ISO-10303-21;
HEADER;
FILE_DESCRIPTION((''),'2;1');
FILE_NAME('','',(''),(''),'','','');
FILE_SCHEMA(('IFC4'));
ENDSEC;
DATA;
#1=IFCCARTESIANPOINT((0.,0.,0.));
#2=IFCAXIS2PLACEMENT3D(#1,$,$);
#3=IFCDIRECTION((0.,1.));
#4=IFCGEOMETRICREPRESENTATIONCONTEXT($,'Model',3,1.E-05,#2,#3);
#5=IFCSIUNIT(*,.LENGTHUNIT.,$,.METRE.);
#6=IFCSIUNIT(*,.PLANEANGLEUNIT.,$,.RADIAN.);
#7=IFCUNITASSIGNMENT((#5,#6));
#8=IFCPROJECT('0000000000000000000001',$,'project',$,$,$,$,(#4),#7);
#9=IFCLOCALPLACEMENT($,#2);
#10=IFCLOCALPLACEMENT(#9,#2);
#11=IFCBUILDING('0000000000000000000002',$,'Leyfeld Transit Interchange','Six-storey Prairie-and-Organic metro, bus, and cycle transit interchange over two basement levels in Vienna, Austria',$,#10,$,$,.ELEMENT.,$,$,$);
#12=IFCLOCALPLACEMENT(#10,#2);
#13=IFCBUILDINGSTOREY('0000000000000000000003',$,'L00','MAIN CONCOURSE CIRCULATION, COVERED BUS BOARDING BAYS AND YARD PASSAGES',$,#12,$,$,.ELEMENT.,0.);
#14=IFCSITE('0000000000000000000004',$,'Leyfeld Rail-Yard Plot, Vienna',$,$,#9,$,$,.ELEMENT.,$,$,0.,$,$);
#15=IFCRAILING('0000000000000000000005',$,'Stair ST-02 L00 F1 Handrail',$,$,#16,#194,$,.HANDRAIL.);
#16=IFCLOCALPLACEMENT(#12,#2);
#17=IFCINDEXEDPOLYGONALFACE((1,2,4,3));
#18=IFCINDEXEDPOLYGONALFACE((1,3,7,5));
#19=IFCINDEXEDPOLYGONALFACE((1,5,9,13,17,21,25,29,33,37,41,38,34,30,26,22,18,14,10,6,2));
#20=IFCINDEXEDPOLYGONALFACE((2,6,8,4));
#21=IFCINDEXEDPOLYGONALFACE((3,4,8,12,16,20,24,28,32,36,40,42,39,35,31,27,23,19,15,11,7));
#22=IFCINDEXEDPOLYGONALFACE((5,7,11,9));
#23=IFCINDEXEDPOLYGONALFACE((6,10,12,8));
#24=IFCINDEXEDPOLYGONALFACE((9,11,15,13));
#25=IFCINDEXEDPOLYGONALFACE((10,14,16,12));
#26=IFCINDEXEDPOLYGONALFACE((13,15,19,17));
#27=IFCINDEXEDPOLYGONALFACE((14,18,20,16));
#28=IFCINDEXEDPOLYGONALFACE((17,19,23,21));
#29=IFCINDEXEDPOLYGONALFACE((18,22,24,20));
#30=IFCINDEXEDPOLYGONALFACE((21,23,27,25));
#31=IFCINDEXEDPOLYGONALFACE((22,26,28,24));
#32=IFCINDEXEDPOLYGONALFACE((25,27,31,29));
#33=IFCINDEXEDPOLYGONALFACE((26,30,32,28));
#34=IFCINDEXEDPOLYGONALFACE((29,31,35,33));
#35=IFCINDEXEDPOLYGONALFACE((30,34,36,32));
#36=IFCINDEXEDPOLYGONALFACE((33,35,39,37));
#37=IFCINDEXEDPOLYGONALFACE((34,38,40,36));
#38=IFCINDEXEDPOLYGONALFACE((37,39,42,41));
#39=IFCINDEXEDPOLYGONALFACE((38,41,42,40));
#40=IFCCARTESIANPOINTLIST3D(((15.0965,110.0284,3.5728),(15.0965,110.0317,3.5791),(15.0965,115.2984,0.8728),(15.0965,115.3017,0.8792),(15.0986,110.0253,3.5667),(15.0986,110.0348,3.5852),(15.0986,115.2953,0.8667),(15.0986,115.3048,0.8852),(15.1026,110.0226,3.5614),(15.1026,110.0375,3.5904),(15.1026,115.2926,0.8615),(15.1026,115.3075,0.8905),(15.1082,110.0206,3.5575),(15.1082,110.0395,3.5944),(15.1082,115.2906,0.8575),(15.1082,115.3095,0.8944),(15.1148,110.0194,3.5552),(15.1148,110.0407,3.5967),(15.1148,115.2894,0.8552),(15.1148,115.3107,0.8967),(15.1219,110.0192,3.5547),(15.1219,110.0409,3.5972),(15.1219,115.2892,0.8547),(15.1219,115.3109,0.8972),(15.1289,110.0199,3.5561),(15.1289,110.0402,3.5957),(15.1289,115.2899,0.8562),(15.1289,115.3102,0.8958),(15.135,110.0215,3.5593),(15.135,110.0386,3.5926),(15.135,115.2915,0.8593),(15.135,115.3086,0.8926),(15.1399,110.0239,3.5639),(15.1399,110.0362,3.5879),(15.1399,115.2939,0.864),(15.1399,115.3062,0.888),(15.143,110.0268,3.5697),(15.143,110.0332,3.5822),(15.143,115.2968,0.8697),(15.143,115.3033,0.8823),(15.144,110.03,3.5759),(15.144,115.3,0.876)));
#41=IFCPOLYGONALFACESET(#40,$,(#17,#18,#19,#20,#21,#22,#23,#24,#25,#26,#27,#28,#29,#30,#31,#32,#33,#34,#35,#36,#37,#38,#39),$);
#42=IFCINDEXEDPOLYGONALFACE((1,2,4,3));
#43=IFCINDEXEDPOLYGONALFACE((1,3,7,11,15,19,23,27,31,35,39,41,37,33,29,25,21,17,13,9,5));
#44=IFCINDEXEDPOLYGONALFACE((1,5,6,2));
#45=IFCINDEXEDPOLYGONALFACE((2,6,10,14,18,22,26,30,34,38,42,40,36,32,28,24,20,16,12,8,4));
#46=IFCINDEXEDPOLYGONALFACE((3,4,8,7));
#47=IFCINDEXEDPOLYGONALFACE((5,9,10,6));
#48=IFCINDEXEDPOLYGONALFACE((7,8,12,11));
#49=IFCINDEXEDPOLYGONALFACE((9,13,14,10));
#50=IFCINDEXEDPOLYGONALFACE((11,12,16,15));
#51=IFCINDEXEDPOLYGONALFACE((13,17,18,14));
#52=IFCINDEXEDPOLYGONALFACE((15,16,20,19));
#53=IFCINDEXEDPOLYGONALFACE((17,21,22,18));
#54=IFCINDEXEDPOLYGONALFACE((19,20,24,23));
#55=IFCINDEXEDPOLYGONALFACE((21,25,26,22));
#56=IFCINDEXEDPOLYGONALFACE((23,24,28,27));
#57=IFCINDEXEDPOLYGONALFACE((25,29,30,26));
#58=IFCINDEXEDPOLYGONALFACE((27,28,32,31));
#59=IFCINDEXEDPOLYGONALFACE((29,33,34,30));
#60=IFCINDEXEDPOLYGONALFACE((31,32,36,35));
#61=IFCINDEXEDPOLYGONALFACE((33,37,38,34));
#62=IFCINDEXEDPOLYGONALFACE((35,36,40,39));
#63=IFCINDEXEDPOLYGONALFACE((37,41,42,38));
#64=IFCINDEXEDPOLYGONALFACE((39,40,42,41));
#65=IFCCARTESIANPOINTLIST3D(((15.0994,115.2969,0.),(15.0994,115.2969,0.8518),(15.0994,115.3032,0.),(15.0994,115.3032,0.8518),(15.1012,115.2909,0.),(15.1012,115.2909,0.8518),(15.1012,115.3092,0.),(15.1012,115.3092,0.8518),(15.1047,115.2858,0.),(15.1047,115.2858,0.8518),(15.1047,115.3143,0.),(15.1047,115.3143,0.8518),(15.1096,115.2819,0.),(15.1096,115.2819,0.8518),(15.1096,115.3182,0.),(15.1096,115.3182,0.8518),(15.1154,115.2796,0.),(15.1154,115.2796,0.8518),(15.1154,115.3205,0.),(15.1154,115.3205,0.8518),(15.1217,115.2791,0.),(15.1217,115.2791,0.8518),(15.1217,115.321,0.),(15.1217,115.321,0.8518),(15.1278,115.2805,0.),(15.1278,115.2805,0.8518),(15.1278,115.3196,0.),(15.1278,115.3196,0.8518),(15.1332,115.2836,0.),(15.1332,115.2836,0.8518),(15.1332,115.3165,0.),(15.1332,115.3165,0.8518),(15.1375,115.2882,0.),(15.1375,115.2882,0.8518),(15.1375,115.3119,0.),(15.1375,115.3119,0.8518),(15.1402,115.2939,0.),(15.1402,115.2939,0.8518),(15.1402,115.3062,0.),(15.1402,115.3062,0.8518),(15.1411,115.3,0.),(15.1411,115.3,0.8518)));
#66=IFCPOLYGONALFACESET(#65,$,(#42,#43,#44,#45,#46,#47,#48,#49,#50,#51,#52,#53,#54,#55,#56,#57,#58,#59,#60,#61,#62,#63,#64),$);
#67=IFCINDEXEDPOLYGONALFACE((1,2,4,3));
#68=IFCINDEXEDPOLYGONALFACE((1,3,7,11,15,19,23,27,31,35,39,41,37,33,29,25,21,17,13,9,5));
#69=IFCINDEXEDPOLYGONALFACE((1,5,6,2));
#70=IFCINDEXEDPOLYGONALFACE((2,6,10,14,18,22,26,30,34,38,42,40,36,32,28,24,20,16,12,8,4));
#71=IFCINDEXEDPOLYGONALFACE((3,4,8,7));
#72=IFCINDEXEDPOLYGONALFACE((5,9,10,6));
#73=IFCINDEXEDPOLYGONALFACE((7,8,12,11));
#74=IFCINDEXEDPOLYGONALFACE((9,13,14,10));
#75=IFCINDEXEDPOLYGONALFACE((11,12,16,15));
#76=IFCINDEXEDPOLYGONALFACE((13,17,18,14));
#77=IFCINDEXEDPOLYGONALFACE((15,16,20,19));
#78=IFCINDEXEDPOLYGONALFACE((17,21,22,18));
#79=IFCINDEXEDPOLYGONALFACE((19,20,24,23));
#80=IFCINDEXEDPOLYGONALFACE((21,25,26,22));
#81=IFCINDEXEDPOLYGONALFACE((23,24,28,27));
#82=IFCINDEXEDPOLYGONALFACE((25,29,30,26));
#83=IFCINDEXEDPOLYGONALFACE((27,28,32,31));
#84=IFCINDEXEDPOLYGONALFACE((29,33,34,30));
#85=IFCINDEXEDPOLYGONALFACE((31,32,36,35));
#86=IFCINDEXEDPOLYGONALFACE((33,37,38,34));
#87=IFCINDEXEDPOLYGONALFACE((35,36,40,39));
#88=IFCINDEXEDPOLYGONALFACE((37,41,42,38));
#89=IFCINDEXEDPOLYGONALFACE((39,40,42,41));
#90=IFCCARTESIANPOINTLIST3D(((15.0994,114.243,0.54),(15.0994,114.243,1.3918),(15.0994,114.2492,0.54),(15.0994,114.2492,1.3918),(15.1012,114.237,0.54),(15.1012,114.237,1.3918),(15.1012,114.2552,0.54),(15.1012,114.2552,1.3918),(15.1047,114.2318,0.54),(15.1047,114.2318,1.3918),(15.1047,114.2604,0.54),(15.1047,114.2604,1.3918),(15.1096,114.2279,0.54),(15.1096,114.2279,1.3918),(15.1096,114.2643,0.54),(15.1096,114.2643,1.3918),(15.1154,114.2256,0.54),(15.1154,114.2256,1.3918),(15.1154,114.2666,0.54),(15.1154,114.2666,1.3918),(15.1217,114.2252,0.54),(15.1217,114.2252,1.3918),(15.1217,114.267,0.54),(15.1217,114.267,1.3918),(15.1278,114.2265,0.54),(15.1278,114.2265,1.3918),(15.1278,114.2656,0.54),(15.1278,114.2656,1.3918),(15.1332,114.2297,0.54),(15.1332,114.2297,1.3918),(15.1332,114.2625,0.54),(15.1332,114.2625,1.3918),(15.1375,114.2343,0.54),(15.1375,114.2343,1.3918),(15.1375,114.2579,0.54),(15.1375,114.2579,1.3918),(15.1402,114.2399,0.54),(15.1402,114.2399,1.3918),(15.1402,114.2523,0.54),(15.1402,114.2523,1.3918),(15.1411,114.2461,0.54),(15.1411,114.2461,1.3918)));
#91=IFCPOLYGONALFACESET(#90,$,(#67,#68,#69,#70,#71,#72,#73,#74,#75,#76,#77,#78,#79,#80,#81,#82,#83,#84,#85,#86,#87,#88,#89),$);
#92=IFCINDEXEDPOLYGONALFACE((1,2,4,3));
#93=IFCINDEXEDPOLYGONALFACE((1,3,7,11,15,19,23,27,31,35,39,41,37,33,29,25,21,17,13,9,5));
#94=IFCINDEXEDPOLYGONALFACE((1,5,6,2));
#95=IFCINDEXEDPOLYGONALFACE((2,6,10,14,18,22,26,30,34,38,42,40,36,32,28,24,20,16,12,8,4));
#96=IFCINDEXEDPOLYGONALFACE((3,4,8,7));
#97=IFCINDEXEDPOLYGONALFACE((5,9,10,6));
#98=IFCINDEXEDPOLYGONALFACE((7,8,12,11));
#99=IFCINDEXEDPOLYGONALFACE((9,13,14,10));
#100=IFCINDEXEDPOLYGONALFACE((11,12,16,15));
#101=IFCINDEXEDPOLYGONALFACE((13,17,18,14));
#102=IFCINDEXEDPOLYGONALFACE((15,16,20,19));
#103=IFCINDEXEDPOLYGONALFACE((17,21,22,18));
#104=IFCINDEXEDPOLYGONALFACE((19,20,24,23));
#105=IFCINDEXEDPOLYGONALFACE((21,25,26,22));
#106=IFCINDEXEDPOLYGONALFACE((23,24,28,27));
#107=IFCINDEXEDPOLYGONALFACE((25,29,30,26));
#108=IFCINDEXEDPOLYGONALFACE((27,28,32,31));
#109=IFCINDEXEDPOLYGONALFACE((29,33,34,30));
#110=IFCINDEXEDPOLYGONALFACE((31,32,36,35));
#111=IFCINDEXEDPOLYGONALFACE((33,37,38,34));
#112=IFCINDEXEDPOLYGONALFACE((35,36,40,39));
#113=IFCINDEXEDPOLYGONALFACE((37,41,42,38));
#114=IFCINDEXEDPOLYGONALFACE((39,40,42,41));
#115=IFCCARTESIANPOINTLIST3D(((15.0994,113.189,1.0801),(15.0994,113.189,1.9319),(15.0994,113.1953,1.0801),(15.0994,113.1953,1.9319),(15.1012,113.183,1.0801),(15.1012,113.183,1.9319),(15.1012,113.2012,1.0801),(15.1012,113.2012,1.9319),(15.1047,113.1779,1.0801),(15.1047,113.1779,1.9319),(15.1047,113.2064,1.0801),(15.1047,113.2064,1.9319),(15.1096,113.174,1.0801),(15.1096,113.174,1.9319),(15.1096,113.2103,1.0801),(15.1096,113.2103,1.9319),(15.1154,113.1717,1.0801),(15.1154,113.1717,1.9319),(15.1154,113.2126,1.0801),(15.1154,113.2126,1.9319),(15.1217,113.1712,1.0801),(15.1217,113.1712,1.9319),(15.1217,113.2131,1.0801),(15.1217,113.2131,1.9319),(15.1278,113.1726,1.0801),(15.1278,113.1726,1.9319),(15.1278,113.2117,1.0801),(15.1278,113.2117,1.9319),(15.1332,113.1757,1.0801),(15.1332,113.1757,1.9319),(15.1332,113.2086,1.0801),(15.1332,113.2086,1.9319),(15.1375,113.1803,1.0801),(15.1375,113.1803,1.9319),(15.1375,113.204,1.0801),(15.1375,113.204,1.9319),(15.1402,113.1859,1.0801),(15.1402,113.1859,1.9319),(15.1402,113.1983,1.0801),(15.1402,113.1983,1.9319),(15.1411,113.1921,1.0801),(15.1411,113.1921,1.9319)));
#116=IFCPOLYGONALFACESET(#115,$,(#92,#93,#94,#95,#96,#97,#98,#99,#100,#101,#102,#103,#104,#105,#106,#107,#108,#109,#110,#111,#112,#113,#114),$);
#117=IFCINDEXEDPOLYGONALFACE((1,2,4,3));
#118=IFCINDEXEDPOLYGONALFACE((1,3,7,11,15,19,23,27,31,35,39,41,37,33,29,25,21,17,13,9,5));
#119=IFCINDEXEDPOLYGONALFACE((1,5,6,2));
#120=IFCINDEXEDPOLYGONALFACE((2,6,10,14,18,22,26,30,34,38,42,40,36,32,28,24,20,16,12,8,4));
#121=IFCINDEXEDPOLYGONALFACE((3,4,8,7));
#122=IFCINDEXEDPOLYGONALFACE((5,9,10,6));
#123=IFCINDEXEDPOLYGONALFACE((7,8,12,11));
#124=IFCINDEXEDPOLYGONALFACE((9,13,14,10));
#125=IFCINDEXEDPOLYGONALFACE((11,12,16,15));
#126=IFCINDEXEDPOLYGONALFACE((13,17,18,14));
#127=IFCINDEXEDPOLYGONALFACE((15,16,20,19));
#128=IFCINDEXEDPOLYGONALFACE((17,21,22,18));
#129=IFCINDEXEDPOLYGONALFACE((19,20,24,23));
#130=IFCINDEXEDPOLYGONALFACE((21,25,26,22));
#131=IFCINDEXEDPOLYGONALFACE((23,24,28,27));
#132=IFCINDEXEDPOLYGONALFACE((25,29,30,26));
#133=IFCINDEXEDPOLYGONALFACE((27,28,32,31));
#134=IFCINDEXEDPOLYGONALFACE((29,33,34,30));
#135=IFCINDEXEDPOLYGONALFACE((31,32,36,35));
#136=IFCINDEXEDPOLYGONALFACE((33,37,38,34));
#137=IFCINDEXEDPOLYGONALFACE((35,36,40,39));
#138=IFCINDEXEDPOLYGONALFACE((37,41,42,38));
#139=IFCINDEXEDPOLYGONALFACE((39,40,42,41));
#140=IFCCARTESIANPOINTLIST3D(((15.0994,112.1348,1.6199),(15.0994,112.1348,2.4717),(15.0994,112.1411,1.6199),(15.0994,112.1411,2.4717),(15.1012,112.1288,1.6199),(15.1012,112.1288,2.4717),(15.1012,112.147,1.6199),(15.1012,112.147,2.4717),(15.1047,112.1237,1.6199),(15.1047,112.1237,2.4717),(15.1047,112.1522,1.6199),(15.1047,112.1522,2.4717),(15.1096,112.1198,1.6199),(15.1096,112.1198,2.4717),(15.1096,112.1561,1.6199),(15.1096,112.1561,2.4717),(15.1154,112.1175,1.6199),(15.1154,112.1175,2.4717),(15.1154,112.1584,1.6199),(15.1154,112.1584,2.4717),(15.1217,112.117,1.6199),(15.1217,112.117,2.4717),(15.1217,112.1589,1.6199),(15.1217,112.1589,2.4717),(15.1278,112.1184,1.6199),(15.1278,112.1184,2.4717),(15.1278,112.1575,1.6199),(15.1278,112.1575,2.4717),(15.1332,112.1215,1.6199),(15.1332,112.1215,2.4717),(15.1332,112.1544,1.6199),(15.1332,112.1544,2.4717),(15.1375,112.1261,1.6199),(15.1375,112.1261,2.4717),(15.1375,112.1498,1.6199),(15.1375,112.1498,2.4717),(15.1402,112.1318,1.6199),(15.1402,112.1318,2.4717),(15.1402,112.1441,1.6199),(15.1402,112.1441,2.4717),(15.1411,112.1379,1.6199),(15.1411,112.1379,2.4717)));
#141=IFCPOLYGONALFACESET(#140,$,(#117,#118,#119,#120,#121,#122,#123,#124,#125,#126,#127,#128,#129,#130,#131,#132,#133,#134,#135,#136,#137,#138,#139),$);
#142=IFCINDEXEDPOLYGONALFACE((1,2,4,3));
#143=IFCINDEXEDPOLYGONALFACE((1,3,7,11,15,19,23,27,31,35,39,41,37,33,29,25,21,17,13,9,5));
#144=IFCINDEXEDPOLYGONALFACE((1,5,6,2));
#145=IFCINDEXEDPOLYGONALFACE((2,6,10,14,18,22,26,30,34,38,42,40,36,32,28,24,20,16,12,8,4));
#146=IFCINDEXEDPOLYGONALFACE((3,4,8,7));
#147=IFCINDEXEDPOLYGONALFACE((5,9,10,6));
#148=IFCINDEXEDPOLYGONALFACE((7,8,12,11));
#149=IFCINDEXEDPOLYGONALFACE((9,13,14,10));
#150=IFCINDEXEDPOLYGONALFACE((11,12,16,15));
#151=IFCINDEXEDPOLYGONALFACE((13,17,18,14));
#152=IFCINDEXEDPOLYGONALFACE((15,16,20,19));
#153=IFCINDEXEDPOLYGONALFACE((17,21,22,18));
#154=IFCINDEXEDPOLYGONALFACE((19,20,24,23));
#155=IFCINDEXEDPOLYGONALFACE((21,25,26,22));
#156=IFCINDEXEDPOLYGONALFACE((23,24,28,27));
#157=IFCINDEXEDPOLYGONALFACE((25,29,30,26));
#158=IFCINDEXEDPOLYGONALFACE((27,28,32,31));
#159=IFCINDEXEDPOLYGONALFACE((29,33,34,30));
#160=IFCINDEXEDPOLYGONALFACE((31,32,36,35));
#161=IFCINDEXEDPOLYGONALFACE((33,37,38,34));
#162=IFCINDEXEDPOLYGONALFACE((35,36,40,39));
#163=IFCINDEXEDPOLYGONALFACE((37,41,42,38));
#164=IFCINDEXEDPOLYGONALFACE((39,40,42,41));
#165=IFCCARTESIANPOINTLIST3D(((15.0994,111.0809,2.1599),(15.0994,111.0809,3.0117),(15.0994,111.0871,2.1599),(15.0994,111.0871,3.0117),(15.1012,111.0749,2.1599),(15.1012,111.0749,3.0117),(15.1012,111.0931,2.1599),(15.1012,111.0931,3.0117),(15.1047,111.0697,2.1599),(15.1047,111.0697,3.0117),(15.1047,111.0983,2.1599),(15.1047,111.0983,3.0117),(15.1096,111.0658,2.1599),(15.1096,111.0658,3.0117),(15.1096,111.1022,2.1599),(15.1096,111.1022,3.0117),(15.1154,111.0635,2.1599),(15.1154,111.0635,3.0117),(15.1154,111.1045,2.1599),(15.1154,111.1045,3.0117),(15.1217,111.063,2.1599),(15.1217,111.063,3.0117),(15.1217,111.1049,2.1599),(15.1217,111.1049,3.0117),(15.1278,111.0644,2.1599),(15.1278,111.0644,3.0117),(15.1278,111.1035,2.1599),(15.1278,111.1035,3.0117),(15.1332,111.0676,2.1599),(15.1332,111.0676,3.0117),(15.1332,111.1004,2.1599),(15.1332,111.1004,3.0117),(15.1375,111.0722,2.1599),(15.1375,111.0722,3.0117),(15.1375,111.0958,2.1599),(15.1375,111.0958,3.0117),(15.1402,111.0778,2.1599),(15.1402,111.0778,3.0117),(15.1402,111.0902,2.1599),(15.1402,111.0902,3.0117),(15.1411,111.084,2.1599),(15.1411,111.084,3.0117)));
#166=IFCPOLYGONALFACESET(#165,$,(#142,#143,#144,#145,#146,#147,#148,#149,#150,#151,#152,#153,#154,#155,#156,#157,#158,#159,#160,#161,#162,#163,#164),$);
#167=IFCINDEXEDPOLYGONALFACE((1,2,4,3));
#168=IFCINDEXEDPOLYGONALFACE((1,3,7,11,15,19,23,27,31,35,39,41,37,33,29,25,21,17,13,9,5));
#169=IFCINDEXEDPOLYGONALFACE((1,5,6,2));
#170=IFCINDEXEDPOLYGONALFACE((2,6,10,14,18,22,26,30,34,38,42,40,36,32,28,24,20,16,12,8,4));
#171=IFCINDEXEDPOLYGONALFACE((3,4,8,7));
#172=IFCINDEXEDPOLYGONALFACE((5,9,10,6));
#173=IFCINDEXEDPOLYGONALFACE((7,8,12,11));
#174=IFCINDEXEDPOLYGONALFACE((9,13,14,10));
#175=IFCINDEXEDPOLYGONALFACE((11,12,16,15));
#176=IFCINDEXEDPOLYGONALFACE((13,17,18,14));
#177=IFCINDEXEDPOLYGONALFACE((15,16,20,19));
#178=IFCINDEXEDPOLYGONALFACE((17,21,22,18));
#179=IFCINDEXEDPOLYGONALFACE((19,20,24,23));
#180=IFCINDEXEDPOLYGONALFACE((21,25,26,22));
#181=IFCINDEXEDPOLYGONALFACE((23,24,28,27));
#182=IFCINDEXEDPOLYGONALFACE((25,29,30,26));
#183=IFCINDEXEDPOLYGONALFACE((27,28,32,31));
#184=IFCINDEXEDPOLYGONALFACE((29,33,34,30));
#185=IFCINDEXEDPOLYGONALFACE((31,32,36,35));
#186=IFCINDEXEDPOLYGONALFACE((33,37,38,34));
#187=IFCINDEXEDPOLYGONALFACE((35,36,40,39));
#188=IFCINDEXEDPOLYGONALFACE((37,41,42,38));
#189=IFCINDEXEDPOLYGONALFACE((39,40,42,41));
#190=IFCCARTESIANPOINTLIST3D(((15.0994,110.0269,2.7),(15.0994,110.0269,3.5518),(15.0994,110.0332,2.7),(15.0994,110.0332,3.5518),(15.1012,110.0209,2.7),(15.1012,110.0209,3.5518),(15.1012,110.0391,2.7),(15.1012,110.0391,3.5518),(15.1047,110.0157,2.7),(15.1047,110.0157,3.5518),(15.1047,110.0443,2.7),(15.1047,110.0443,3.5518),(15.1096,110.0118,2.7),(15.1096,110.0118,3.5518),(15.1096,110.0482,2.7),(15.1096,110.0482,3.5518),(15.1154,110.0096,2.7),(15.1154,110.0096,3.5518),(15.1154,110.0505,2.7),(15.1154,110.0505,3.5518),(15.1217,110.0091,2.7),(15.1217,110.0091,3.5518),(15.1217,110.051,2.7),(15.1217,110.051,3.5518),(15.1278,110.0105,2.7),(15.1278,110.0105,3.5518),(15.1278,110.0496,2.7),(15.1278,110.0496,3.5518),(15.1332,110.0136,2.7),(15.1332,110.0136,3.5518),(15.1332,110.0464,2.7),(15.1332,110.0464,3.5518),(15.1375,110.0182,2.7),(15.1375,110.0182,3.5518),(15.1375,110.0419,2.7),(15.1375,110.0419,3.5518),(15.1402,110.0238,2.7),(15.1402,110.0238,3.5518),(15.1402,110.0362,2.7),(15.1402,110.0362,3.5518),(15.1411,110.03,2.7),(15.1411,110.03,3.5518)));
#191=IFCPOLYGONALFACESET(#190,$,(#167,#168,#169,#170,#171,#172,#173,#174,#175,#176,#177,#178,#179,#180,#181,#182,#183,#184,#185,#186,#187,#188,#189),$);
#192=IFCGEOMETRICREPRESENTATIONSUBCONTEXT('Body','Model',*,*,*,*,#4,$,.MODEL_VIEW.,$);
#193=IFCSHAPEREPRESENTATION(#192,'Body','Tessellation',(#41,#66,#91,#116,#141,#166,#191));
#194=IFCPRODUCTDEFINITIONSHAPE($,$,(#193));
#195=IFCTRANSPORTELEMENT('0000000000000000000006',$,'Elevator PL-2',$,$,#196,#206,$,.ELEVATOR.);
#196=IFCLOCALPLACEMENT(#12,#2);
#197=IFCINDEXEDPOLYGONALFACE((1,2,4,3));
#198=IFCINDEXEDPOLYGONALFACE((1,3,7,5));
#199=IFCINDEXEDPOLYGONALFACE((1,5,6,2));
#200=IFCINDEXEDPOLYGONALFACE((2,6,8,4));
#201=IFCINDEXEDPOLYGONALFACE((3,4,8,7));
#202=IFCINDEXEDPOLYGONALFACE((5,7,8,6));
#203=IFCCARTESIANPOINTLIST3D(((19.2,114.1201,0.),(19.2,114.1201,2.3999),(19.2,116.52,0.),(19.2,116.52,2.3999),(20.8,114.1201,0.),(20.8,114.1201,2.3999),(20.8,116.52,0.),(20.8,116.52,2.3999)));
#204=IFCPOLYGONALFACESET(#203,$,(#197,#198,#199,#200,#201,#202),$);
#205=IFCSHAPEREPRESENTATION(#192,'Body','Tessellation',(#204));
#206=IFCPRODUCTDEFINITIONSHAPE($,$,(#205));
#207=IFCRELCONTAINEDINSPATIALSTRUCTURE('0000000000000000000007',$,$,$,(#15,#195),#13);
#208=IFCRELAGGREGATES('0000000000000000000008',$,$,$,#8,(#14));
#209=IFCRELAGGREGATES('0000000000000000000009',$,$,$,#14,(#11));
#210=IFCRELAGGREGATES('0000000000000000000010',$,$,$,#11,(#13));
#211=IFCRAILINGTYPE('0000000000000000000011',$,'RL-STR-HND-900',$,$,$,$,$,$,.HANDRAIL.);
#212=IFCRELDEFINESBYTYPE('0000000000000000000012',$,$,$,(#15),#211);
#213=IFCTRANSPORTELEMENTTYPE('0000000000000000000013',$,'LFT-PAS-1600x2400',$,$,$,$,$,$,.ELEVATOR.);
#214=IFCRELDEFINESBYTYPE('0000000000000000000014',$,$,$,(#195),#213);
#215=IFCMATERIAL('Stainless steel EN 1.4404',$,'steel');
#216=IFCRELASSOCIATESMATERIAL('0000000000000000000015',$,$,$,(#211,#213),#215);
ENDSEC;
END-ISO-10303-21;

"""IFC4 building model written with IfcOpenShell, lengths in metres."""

from ifc_helpers import new_model, si_unit, direction, frame, origin, origin_2d, place, context, subcontext, project, spatial, rectangle, circle, extrude, material, type_object, element, save


model = new_model("IFC4")

# Units and contexts
model_context = context("Model", 3, precision=1e-05, world=origin(), true_north=direction((0.0, 1.0)))
body_context = subcontext(model_context, "Body", "Model", "MODEL_VIEW")
ifc_project = project(units=[si_unit("LENGTHUNIT", "METRE"), si_unit("PLANEANGLEUNIT", "RADIAN")], contexts=[model_context])

# Site, building, storey
site_placement = place(None, origin())
site = spatial("IfcSite", under=ifc_project, at=site_placement, Name="Leyfeld Rail-Yard Plot, Vienna", CompositionType="ELEMENT", RefElevation=0.0)
building_placement = place(site_placement, origin())
building = spatial("IfcBuilding", under=site, at=building_placement, Name="Leyfeld Transit Interchange", Description="Six-storey Prairie-and-Organic metro, bus, and cycle transit interchange over two basement levels in Vienna, Austria", CompositionType="ELEMENT")
storey_placement = place(building_placement, origin())
storey = spatial("IfcBuildingStorey", under=building, at=storey_placement, Name="L00", Description="MAIN CONCOURSE CIRCULATION, COVERED BUS BOARDING BAYS AND YARD PASSAGES", CompositionType="ELEMENT", Elevation=0.0)

# Shared definitions
ifc_material_1 = material(Name="Stainless steel EN 1.4404", Category="steel")

# Railing
railing_type_1 = type_object("IfcRailingType", Name="RL-STR-HND-900", PredefinedType="HANDRAIL", material=ifc_material_1)
railing_placement = place(storey_placement, frame((15.1201, 115.3, 0.0)))
element("IfcRailing", 1, at=railing_placement, inside=storey, type_object=railing_type_1, Name="Stair ST-02 L00 F1 Handrail", PredefinedType="HANDRAIL", context=body_context, shape_type="SweptSolid", body=[
    extrude(circle(Radius=0.0239, at=origin_2d()), frame((0.0, 0.0, 0.876), z_axis=(0.0, -0.889997, 0.455966), x_axis=(1.0, 0.0, 0.0)), (0.0, 0.0, 1.0), 5.9214),
    extrude(circle(Radius=0.021, at=origin_2d()), origin(), (0.0, 0.0, 1.0), 0.8518),
    extrude(circle(Radius=0.021, at=origin_2d()), frame((0.0, -1.054, 0.54)), (0.0, 0.0, 1.0), 0.8518),
    extrude(circle(Radius=0.021, at=origin_2d()), frame((0.0, -2.1079, 1.0801)), (0.0, 0.0, 1.0), 0.8518),
    extrude(circle(Radius=0.021, at=origin_2d()), frame((0.0, -3.1621, 1.6199)), (0.0, 0.0, 1.0), 0.8518),
    extrude(circle(Radius=0.021, at=origin_2d()), frame((0.0, -4.2161, 2.1599)), (0.0, 0.0, 1.0), 0.8518),
    extrude(circle(Radius=0.021, at=origin_2d()), frame((0.0, -5.27, 2.7)), (0.0, 0.0, 1.0), 0.8518),
])

# Transport element
transport_element_type = type_object("IfcTransportElementType", Name="LFT-PAS-1600x2400", PredefinedType="ELEVATOR", material=ifc_material_1)
transport_element_placement = place(storey_placement, frame((20.0, 115.3201, 0.0), z_axis=(0.0, 0.0, 1.0), x_axis=(1.0, 0.0, 0.0)))
element("IfcTransportElement", 2, at=transport_element_placement, inside=storey, type_object=transport_element_type, Name="Elevator PL-2", PredefinedType="ELEVATOR", context=body_context, shape_type="SweptSolid", body=[
    extrude(rectangle(XDim=1.6001, YDim=2.3999, at=origin_2d()), origin(), (0.0, 0.0, 1.0), 2.3999),
])

save(model, "model.ifc")
